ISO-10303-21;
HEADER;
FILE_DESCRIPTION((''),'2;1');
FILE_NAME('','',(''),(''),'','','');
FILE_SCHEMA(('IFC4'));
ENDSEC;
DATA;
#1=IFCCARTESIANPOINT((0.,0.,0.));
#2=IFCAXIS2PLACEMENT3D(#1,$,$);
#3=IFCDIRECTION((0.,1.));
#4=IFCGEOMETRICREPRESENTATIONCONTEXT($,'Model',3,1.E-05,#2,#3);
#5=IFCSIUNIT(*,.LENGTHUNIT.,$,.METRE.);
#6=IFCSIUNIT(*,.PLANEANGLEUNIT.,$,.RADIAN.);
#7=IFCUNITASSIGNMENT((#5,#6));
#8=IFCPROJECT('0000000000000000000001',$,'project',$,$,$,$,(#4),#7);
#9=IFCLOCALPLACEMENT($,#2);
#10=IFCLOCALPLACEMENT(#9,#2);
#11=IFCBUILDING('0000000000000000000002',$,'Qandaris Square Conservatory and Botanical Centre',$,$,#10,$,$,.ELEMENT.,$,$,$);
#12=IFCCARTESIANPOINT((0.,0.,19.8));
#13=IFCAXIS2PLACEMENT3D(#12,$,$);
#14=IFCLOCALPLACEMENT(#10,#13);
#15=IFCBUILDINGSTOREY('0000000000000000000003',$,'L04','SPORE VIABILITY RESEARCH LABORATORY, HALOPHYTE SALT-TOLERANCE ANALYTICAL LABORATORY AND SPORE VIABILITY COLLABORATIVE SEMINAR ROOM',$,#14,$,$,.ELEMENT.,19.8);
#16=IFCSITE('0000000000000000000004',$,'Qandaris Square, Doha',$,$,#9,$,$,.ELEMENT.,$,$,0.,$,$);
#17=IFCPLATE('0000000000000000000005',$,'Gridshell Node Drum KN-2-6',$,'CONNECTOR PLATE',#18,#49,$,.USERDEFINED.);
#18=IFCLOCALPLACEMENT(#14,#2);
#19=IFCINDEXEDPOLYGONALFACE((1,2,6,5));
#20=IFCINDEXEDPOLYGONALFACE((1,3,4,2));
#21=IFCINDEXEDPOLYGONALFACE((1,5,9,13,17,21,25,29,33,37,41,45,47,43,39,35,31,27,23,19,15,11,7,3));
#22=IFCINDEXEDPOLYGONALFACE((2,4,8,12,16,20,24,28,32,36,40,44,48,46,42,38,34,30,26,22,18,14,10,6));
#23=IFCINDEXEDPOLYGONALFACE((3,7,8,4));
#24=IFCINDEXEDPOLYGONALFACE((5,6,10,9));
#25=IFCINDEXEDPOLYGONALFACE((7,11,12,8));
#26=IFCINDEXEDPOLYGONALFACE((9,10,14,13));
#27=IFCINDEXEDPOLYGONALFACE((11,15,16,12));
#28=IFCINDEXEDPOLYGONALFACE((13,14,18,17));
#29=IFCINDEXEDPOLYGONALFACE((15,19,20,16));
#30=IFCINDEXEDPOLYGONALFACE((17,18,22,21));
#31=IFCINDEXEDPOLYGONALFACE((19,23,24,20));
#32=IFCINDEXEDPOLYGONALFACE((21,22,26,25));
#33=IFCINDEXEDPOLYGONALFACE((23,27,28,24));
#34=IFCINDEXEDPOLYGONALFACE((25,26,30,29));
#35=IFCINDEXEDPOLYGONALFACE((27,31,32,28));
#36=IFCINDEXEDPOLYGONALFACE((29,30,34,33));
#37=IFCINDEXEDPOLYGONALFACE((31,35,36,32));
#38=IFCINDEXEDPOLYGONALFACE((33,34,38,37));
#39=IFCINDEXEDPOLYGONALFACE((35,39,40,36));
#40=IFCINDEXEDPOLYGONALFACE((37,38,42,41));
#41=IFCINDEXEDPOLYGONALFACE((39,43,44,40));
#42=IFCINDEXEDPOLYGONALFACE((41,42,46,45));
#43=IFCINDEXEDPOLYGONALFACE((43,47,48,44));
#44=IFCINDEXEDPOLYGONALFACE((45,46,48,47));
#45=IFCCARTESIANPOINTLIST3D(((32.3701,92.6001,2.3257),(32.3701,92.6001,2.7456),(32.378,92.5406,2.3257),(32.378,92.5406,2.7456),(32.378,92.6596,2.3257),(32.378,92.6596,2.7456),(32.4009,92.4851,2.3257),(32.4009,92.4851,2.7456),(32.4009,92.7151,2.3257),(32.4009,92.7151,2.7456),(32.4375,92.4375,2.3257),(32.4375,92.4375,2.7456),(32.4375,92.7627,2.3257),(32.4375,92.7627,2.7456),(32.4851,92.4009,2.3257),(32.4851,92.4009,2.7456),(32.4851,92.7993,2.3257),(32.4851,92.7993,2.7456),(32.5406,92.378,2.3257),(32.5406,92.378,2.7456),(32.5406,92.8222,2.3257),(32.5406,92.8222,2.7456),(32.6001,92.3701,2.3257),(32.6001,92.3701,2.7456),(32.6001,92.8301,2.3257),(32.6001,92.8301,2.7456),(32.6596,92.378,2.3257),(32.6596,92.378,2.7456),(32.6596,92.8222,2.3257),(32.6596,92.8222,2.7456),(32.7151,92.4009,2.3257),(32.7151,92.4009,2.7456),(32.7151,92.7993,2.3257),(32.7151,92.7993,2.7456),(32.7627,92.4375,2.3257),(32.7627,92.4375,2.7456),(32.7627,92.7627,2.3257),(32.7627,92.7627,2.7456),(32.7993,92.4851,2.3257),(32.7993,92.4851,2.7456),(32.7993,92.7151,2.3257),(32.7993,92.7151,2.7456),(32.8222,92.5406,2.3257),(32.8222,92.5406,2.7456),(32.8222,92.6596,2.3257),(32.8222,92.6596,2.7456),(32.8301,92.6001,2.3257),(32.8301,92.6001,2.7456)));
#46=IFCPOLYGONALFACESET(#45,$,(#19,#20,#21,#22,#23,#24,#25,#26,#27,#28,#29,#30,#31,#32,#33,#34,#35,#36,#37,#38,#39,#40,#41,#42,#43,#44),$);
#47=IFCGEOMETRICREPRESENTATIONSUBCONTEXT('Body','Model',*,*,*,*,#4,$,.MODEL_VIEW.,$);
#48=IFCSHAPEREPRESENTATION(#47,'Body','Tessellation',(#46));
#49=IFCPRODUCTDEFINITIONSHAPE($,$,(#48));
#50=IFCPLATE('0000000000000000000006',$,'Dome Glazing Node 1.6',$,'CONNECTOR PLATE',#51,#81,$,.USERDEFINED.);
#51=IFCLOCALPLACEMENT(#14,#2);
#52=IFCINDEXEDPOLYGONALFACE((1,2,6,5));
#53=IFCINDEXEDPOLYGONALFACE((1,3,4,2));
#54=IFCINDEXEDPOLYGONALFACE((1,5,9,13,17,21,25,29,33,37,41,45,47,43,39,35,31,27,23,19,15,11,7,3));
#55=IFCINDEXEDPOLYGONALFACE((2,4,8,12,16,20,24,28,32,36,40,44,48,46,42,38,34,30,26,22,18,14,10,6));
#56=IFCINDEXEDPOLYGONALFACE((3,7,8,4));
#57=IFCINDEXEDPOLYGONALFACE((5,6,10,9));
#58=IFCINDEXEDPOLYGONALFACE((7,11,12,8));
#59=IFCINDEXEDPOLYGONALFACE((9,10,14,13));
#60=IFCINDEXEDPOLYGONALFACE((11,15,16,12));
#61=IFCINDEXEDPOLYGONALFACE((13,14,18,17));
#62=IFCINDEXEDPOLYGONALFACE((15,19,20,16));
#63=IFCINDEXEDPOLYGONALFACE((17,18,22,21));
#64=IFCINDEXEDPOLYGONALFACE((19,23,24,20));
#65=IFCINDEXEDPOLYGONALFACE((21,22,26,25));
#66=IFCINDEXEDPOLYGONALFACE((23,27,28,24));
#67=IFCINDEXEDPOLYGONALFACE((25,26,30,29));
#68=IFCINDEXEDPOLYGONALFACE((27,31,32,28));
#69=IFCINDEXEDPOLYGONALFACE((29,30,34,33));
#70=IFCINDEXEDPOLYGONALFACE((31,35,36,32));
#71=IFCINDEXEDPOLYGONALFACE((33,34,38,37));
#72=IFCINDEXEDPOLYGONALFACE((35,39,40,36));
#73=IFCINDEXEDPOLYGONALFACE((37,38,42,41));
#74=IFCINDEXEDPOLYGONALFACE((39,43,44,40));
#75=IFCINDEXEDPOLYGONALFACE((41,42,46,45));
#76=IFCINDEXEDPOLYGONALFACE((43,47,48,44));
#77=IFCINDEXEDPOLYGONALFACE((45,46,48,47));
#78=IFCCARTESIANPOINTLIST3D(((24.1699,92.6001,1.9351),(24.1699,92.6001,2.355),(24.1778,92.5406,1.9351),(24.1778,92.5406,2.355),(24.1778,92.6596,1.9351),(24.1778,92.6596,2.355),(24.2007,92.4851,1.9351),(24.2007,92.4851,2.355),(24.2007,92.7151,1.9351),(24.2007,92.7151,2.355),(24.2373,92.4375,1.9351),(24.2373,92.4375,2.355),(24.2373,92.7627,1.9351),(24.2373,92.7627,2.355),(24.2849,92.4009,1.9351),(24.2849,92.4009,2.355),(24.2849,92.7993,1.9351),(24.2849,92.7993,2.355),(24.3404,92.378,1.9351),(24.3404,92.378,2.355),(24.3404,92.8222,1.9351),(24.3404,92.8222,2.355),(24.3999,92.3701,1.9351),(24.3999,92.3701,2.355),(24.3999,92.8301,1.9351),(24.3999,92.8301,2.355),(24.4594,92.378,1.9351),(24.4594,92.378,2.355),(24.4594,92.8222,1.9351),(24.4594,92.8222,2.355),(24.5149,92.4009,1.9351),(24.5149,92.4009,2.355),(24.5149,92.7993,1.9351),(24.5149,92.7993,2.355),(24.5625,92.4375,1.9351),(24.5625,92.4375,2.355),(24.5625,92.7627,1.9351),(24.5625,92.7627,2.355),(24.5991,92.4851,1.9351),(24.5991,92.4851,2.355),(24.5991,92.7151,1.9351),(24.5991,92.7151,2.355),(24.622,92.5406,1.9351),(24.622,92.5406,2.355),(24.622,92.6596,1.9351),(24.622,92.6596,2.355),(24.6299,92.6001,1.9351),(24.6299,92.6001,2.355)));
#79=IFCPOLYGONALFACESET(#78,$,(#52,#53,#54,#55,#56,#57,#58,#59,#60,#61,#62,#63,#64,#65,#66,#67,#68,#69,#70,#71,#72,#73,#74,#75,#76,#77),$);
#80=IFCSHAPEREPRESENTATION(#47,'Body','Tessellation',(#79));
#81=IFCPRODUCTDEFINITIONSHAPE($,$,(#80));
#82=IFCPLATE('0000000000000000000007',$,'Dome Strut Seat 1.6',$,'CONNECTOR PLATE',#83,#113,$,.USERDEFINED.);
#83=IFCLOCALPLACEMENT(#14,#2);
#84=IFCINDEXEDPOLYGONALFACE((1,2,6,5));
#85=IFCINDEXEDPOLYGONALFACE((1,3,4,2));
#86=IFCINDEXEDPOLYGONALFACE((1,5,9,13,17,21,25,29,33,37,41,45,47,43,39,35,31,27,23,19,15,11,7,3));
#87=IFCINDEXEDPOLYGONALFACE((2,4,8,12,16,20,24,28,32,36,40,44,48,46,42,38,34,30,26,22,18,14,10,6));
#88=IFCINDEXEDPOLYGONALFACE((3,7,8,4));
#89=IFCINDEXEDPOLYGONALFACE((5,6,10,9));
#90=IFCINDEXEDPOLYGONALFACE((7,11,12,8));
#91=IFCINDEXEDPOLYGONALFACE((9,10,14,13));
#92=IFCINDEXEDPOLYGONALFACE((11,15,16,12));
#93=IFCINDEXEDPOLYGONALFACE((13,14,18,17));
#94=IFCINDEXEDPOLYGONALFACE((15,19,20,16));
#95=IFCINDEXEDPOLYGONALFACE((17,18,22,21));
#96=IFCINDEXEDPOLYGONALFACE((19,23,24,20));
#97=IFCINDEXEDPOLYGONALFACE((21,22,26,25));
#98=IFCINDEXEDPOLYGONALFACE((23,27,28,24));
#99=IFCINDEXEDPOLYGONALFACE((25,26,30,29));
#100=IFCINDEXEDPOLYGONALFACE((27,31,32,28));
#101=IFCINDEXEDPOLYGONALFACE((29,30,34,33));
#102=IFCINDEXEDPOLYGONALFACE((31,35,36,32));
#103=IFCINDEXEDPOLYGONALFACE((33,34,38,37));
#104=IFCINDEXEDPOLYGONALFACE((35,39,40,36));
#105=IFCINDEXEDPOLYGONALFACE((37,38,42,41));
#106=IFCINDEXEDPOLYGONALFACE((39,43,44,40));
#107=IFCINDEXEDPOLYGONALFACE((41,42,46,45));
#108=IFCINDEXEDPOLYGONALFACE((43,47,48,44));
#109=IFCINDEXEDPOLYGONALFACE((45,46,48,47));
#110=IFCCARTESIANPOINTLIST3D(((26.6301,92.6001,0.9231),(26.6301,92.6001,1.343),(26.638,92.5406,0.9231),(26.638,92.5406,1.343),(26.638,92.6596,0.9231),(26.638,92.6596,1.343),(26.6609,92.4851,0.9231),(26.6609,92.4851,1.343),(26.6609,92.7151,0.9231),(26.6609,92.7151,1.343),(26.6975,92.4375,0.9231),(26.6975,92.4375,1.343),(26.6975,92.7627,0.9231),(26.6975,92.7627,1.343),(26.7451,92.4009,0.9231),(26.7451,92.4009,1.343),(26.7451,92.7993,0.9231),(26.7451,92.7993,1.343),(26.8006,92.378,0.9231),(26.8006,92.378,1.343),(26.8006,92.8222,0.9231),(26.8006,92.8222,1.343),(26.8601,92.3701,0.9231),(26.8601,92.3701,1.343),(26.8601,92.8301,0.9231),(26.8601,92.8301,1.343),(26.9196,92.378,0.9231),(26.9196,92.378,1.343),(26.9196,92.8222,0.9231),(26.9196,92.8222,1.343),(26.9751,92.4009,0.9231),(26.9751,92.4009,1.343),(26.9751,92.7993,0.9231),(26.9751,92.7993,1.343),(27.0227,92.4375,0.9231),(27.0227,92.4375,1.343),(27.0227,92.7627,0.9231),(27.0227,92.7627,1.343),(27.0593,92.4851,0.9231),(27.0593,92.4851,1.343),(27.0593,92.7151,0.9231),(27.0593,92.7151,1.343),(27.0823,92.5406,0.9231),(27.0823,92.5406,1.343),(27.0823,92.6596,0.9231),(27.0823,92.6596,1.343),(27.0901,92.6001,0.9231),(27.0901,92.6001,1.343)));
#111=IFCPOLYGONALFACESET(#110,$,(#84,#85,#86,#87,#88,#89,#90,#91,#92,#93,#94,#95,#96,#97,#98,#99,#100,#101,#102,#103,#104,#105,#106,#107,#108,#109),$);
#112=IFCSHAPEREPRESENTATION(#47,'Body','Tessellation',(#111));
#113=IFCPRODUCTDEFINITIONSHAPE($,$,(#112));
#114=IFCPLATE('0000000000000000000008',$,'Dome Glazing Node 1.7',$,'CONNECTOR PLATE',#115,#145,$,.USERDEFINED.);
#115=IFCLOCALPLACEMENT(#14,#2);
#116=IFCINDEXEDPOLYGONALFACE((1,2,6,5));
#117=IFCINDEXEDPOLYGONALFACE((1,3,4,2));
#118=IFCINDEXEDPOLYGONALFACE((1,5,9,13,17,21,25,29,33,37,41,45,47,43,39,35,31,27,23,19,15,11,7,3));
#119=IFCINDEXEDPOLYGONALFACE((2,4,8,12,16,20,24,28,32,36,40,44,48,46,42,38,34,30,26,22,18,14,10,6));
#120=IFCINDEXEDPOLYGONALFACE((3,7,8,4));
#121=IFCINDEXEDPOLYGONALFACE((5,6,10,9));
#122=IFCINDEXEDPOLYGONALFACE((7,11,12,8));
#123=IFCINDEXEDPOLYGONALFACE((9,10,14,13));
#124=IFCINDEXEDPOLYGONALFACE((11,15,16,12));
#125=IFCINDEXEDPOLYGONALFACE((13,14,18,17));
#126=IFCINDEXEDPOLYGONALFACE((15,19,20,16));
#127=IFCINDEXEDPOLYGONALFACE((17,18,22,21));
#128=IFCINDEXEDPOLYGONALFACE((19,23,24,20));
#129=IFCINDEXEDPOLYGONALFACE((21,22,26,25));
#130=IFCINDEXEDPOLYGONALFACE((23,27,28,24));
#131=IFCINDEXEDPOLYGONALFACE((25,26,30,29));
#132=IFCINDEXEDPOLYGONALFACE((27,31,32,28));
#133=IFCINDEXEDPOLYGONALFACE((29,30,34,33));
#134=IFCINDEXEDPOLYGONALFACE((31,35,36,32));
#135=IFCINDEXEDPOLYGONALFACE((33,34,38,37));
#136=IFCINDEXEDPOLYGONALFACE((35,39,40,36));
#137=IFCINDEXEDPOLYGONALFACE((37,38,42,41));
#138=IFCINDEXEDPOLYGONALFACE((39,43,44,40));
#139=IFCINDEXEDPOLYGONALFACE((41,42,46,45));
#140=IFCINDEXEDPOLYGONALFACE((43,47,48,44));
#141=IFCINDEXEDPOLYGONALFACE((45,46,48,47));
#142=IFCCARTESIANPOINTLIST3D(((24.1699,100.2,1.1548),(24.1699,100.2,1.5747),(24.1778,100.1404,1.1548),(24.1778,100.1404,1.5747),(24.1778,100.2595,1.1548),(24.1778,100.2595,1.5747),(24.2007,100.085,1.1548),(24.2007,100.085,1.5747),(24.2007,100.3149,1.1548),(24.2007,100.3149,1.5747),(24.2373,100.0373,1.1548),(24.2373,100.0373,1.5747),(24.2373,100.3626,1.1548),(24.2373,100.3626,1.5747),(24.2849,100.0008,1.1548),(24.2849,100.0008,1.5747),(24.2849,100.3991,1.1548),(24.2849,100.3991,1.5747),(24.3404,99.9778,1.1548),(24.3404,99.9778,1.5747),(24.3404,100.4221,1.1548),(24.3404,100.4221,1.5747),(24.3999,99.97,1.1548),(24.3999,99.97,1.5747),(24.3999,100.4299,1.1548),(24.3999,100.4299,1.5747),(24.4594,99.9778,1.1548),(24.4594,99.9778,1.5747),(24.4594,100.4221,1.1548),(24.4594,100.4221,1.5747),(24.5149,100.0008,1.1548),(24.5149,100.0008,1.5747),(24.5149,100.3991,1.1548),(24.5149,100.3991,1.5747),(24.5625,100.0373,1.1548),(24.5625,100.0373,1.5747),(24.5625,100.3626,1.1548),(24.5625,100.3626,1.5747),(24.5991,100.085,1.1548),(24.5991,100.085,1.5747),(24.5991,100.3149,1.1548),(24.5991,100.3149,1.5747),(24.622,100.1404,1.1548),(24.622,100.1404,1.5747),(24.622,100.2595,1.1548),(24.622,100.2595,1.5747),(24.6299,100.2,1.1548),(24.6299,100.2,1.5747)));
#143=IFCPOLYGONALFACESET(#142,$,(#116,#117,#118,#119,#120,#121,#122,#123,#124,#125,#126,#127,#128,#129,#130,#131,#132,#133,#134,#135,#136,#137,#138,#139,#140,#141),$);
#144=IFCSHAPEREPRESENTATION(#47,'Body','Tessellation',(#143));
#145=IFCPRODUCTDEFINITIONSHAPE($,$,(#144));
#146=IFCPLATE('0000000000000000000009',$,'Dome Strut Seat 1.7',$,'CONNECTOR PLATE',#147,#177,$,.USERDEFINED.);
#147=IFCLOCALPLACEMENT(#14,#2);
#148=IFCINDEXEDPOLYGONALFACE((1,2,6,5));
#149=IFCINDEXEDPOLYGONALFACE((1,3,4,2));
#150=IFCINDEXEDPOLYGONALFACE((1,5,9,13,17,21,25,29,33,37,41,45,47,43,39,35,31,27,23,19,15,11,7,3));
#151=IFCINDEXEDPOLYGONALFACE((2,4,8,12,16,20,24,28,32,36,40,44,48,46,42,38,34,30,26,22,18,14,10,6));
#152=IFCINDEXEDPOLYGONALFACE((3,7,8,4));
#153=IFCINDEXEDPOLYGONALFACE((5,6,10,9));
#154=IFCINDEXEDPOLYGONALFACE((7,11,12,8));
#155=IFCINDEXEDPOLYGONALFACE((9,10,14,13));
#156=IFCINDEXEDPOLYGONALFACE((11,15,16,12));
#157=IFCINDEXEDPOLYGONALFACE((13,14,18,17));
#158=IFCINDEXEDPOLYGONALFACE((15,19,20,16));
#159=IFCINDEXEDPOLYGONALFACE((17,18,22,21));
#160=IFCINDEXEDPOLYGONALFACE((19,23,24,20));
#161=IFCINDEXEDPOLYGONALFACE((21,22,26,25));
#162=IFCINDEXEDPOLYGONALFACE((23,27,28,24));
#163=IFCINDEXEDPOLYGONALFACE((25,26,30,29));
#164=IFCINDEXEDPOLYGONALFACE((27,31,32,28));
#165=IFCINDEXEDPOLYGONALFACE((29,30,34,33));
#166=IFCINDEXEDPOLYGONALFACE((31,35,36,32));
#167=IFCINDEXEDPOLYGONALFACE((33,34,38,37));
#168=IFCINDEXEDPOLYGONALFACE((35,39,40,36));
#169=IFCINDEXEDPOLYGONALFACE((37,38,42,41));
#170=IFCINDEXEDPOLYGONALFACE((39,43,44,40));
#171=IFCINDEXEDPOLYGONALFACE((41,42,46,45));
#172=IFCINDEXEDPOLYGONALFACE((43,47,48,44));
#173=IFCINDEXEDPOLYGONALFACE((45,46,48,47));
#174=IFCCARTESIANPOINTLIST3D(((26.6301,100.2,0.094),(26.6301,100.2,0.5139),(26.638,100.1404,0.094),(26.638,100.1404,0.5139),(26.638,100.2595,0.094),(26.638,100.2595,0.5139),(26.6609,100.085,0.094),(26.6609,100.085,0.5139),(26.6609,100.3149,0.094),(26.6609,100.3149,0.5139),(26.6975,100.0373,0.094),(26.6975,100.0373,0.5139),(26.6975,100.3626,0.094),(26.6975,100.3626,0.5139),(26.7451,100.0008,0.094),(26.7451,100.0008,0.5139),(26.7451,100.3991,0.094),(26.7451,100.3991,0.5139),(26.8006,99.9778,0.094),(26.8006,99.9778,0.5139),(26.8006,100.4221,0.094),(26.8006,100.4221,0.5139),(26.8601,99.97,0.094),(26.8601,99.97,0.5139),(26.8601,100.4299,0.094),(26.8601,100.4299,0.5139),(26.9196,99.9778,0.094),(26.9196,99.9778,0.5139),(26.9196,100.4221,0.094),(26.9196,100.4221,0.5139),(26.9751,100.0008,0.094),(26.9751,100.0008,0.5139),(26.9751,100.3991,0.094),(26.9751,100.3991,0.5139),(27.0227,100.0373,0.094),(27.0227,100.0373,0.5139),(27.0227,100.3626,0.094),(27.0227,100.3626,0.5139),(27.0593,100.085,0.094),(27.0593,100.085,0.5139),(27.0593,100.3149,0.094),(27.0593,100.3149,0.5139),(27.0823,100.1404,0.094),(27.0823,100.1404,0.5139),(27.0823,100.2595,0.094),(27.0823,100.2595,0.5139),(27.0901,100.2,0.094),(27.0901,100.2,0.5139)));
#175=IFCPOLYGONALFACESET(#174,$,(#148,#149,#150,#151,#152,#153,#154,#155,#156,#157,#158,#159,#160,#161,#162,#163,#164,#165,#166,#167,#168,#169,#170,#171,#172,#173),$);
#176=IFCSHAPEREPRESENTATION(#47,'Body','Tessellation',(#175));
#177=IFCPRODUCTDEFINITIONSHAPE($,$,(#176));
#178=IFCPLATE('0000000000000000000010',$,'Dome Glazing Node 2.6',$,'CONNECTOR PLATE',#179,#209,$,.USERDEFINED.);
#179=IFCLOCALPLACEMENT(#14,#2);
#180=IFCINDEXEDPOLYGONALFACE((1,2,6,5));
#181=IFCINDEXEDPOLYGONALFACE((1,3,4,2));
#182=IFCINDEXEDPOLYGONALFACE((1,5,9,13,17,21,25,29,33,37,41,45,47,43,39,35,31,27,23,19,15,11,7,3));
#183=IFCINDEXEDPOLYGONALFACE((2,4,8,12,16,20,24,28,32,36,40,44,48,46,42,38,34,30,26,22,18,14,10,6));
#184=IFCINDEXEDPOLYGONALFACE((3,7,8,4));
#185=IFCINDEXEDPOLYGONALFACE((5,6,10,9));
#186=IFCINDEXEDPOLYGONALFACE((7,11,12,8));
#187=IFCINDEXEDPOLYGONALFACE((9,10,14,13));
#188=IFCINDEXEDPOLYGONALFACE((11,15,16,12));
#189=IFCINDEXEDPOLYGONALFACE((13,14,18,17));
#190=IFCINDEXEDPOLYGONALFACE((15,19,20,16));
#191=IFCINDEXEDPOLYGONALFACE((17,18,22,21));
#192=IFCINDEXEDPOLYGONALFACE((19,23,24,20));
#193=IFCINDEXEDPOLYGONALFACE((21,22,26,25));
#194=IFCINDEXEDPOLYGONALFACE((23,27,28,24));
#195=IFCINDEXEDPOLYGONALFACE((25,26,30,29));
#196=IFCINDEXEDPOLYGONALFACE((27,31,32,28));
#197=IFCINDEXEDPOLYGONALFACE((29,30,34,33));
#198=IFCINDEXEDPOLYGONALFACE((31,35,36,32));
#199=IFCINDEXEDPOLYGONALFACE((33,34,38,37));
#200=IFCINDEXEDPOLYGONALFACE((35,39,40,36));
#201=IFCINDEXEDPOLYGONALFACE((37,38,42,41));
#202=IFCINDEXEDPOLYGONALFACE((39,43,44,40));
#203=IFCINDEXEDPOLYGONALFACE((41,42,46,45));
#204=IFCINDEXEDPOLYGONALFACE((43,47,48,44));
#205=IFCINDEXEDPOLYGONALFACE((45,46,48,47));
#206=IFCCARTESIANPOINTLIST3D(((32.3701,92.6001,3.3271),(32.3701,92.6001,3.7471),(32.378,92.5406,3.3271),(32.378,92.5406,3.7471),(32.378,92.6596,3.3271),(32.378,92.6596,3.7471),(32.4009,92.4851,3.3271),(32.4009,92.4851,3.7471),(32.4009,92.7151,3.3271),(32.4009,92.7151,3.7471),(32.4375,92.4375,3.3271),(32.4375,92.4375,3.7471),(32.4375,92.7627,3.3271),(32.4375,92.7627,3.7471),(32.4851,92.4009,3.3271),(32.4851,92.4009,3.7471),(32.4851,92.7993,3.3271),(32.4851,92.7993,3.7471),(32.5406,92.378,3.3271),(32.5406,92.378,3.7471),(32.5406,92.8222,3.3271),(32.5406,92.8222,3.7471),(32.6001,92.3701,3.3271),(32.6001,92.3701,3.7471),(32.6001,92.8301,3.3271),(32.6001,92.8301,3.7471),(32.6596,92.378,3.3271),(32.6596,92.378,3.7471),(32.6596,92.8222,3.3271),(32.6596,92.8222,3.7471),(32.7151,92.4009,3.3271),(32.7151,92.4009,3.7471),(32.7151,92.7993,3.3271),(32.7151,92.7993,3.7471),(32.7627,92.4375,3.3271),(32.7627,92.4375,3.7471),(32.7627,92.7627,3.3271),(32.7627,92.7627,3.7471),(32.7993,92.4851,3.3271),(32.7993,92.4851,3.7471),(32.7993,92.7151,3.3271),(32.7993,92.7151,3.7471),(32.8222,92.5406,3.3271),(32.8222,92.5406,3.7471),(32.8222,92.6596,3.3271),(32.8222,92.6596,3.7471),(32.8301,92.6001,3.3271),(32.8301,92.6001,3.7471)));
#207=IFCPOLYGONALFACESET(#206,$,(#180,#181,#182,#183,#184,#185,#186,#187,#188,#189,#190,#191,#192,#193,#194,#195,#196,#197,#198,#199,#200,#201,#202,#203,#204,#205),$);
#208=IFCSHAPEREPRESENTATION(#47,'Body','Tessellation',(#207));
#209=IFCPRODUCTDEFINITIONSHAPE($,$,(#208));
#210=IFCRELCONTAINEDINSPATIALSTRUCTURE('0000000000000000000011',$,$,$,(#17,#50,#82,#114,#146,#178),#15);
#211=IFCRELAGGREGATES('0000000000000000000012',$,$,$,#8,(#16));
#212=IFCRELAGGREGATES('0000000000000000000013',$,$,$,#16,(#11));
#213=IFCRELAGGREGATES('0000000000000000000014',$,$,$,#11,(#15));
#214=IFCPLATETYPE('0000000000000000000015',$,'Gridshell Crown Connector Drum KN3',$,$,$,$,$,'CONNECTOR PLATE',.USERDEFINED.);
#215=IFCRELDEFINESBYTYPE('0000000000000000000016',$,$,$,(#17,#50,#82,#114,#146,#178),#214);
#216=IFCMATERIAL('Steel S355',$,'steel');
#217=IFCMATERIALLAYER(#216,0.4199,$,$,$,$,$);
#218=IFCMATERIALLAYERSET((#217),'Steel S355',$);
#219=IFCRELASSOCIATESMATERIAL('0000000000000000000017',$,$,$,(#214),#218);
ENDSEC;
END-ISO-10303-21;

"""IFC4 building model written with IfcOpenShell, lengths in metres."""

from ifc_helpers import new_model, si_unit, direction, frame, origin, origin_2d, place, context, subcontext, project, spatial, circle, extrude, material, layer, layer_set, type_object, element, save


model = new_model("IFC4")

# Units and contexts
model_context = context("Model", 3, precision=1e-05, world=origin(), true_north=direction((0.0, 1.0)))
body_context = subcontext(model_context, "Body", "Model", "MODEL_VIEW")
ifc_project = project(units=[si_unit("LENGTHUNIT", "METRE"), si_unit("PLANEANGLEUNIT", "RADIAN")], contexts=[model_context])

# Site, building, storey
site_placement = place(None, origin())
site = spatial("IfcSite", under=ifc_project, at=site_placement, Name="Qandaris Square, Doha", CompositionType="ELEMENT", RefElevation=0.0)
building_placement = place(site_placement, origin())
building = spatial("IfcBuilding", under=site, at=building_placement, Name="Qandaris Square Conservatory and Botanical Centre", CompositionType="ELEMENT")
storey_placement = place(building_placement, frame((0.0, 0.0, 19.8)))
storey = spatial("IfcBuildingStorey", under=building, at=storey_placement, Name="L04", Description="SPORE VIABILITY RESEARCH LABORATORY, HALOPHYTE SALT-TOLERANCE ANALYTICAL LABORATORY AND SPORE VIABILITY COLLABORATIVE SEMINAR ROOM", CompositionType="ELEMENT", Elevation=19.8)

# Shared definitions
ifc_material = material(Name="Steel S355", Category="steel")

# Plates
ifc_layer_1 = layer(ifc_material, 0.4199)
ifc_layer_set_1 = layer_set([ifc_layer_1], Name="Steel S355")
plate_type_1 = type_object("IfcPlateType", Name="Gridshell Crown Connector Drum KN3", ElementType="CONNECTOR PLATE", PredefinedType="USERDEFINED", material=ifc_layer_set_1)
for number, where, z_axis, x_axis, name in (
    (1, (32.6001, 92.6001, 2.3257), (0.0, 0.0, 1.0), (1.0, 0.0, 0.0), "Gridshell Node Drum KN-2-6"),
    (2, (24.3999, 92.6001, 1.9351), (0.0, 0.0, 1.0), (1.0, 0.0, 0.0), "Dome Glazing Node 1.6"),
    (3, (26.8601, 92.6001, 0.9231), (0.0, 0.0, 1.0), (1.0, 0.0, 0.0), "Dome Strut Seat 1.6"),
    (4, (24.3999, 100.2, 1.1548), (0.0, 0.0, 1.0), (1.0, 0.0, 0.0), "Dome Glazing Node 1.7"),
    (5, (26.8601, 100.2, 0.094), (0.0, 0.0, 1.0), (1.0, 0.0, 0.0), "Dome Strut Seat 1.7"),
    (6, (32.6001, 92.6001, 3.3271), (0.0, 0.0, 1.0), (1.0, 0.0, 0.0), "Dome Glazing Node 2.6"),
):
    element("IfcPlate", number, at=place(storey_placement, frame(where, z_axis=z_axis, x_axis=x_axis)), inside=storey, type_object=plate_type_1, Name=name, ObjectType="CONNECTOR PLATE", PredefinedType="USERDEFINED", context=body_context, shape_type="SweptSolid", body=[
        extrude(circle(Radius=0.23, at=origin_2d()), origin(), (0.0, 0.0, 1.0), 0.4199),
    ])

save(model, "model.ifc")
